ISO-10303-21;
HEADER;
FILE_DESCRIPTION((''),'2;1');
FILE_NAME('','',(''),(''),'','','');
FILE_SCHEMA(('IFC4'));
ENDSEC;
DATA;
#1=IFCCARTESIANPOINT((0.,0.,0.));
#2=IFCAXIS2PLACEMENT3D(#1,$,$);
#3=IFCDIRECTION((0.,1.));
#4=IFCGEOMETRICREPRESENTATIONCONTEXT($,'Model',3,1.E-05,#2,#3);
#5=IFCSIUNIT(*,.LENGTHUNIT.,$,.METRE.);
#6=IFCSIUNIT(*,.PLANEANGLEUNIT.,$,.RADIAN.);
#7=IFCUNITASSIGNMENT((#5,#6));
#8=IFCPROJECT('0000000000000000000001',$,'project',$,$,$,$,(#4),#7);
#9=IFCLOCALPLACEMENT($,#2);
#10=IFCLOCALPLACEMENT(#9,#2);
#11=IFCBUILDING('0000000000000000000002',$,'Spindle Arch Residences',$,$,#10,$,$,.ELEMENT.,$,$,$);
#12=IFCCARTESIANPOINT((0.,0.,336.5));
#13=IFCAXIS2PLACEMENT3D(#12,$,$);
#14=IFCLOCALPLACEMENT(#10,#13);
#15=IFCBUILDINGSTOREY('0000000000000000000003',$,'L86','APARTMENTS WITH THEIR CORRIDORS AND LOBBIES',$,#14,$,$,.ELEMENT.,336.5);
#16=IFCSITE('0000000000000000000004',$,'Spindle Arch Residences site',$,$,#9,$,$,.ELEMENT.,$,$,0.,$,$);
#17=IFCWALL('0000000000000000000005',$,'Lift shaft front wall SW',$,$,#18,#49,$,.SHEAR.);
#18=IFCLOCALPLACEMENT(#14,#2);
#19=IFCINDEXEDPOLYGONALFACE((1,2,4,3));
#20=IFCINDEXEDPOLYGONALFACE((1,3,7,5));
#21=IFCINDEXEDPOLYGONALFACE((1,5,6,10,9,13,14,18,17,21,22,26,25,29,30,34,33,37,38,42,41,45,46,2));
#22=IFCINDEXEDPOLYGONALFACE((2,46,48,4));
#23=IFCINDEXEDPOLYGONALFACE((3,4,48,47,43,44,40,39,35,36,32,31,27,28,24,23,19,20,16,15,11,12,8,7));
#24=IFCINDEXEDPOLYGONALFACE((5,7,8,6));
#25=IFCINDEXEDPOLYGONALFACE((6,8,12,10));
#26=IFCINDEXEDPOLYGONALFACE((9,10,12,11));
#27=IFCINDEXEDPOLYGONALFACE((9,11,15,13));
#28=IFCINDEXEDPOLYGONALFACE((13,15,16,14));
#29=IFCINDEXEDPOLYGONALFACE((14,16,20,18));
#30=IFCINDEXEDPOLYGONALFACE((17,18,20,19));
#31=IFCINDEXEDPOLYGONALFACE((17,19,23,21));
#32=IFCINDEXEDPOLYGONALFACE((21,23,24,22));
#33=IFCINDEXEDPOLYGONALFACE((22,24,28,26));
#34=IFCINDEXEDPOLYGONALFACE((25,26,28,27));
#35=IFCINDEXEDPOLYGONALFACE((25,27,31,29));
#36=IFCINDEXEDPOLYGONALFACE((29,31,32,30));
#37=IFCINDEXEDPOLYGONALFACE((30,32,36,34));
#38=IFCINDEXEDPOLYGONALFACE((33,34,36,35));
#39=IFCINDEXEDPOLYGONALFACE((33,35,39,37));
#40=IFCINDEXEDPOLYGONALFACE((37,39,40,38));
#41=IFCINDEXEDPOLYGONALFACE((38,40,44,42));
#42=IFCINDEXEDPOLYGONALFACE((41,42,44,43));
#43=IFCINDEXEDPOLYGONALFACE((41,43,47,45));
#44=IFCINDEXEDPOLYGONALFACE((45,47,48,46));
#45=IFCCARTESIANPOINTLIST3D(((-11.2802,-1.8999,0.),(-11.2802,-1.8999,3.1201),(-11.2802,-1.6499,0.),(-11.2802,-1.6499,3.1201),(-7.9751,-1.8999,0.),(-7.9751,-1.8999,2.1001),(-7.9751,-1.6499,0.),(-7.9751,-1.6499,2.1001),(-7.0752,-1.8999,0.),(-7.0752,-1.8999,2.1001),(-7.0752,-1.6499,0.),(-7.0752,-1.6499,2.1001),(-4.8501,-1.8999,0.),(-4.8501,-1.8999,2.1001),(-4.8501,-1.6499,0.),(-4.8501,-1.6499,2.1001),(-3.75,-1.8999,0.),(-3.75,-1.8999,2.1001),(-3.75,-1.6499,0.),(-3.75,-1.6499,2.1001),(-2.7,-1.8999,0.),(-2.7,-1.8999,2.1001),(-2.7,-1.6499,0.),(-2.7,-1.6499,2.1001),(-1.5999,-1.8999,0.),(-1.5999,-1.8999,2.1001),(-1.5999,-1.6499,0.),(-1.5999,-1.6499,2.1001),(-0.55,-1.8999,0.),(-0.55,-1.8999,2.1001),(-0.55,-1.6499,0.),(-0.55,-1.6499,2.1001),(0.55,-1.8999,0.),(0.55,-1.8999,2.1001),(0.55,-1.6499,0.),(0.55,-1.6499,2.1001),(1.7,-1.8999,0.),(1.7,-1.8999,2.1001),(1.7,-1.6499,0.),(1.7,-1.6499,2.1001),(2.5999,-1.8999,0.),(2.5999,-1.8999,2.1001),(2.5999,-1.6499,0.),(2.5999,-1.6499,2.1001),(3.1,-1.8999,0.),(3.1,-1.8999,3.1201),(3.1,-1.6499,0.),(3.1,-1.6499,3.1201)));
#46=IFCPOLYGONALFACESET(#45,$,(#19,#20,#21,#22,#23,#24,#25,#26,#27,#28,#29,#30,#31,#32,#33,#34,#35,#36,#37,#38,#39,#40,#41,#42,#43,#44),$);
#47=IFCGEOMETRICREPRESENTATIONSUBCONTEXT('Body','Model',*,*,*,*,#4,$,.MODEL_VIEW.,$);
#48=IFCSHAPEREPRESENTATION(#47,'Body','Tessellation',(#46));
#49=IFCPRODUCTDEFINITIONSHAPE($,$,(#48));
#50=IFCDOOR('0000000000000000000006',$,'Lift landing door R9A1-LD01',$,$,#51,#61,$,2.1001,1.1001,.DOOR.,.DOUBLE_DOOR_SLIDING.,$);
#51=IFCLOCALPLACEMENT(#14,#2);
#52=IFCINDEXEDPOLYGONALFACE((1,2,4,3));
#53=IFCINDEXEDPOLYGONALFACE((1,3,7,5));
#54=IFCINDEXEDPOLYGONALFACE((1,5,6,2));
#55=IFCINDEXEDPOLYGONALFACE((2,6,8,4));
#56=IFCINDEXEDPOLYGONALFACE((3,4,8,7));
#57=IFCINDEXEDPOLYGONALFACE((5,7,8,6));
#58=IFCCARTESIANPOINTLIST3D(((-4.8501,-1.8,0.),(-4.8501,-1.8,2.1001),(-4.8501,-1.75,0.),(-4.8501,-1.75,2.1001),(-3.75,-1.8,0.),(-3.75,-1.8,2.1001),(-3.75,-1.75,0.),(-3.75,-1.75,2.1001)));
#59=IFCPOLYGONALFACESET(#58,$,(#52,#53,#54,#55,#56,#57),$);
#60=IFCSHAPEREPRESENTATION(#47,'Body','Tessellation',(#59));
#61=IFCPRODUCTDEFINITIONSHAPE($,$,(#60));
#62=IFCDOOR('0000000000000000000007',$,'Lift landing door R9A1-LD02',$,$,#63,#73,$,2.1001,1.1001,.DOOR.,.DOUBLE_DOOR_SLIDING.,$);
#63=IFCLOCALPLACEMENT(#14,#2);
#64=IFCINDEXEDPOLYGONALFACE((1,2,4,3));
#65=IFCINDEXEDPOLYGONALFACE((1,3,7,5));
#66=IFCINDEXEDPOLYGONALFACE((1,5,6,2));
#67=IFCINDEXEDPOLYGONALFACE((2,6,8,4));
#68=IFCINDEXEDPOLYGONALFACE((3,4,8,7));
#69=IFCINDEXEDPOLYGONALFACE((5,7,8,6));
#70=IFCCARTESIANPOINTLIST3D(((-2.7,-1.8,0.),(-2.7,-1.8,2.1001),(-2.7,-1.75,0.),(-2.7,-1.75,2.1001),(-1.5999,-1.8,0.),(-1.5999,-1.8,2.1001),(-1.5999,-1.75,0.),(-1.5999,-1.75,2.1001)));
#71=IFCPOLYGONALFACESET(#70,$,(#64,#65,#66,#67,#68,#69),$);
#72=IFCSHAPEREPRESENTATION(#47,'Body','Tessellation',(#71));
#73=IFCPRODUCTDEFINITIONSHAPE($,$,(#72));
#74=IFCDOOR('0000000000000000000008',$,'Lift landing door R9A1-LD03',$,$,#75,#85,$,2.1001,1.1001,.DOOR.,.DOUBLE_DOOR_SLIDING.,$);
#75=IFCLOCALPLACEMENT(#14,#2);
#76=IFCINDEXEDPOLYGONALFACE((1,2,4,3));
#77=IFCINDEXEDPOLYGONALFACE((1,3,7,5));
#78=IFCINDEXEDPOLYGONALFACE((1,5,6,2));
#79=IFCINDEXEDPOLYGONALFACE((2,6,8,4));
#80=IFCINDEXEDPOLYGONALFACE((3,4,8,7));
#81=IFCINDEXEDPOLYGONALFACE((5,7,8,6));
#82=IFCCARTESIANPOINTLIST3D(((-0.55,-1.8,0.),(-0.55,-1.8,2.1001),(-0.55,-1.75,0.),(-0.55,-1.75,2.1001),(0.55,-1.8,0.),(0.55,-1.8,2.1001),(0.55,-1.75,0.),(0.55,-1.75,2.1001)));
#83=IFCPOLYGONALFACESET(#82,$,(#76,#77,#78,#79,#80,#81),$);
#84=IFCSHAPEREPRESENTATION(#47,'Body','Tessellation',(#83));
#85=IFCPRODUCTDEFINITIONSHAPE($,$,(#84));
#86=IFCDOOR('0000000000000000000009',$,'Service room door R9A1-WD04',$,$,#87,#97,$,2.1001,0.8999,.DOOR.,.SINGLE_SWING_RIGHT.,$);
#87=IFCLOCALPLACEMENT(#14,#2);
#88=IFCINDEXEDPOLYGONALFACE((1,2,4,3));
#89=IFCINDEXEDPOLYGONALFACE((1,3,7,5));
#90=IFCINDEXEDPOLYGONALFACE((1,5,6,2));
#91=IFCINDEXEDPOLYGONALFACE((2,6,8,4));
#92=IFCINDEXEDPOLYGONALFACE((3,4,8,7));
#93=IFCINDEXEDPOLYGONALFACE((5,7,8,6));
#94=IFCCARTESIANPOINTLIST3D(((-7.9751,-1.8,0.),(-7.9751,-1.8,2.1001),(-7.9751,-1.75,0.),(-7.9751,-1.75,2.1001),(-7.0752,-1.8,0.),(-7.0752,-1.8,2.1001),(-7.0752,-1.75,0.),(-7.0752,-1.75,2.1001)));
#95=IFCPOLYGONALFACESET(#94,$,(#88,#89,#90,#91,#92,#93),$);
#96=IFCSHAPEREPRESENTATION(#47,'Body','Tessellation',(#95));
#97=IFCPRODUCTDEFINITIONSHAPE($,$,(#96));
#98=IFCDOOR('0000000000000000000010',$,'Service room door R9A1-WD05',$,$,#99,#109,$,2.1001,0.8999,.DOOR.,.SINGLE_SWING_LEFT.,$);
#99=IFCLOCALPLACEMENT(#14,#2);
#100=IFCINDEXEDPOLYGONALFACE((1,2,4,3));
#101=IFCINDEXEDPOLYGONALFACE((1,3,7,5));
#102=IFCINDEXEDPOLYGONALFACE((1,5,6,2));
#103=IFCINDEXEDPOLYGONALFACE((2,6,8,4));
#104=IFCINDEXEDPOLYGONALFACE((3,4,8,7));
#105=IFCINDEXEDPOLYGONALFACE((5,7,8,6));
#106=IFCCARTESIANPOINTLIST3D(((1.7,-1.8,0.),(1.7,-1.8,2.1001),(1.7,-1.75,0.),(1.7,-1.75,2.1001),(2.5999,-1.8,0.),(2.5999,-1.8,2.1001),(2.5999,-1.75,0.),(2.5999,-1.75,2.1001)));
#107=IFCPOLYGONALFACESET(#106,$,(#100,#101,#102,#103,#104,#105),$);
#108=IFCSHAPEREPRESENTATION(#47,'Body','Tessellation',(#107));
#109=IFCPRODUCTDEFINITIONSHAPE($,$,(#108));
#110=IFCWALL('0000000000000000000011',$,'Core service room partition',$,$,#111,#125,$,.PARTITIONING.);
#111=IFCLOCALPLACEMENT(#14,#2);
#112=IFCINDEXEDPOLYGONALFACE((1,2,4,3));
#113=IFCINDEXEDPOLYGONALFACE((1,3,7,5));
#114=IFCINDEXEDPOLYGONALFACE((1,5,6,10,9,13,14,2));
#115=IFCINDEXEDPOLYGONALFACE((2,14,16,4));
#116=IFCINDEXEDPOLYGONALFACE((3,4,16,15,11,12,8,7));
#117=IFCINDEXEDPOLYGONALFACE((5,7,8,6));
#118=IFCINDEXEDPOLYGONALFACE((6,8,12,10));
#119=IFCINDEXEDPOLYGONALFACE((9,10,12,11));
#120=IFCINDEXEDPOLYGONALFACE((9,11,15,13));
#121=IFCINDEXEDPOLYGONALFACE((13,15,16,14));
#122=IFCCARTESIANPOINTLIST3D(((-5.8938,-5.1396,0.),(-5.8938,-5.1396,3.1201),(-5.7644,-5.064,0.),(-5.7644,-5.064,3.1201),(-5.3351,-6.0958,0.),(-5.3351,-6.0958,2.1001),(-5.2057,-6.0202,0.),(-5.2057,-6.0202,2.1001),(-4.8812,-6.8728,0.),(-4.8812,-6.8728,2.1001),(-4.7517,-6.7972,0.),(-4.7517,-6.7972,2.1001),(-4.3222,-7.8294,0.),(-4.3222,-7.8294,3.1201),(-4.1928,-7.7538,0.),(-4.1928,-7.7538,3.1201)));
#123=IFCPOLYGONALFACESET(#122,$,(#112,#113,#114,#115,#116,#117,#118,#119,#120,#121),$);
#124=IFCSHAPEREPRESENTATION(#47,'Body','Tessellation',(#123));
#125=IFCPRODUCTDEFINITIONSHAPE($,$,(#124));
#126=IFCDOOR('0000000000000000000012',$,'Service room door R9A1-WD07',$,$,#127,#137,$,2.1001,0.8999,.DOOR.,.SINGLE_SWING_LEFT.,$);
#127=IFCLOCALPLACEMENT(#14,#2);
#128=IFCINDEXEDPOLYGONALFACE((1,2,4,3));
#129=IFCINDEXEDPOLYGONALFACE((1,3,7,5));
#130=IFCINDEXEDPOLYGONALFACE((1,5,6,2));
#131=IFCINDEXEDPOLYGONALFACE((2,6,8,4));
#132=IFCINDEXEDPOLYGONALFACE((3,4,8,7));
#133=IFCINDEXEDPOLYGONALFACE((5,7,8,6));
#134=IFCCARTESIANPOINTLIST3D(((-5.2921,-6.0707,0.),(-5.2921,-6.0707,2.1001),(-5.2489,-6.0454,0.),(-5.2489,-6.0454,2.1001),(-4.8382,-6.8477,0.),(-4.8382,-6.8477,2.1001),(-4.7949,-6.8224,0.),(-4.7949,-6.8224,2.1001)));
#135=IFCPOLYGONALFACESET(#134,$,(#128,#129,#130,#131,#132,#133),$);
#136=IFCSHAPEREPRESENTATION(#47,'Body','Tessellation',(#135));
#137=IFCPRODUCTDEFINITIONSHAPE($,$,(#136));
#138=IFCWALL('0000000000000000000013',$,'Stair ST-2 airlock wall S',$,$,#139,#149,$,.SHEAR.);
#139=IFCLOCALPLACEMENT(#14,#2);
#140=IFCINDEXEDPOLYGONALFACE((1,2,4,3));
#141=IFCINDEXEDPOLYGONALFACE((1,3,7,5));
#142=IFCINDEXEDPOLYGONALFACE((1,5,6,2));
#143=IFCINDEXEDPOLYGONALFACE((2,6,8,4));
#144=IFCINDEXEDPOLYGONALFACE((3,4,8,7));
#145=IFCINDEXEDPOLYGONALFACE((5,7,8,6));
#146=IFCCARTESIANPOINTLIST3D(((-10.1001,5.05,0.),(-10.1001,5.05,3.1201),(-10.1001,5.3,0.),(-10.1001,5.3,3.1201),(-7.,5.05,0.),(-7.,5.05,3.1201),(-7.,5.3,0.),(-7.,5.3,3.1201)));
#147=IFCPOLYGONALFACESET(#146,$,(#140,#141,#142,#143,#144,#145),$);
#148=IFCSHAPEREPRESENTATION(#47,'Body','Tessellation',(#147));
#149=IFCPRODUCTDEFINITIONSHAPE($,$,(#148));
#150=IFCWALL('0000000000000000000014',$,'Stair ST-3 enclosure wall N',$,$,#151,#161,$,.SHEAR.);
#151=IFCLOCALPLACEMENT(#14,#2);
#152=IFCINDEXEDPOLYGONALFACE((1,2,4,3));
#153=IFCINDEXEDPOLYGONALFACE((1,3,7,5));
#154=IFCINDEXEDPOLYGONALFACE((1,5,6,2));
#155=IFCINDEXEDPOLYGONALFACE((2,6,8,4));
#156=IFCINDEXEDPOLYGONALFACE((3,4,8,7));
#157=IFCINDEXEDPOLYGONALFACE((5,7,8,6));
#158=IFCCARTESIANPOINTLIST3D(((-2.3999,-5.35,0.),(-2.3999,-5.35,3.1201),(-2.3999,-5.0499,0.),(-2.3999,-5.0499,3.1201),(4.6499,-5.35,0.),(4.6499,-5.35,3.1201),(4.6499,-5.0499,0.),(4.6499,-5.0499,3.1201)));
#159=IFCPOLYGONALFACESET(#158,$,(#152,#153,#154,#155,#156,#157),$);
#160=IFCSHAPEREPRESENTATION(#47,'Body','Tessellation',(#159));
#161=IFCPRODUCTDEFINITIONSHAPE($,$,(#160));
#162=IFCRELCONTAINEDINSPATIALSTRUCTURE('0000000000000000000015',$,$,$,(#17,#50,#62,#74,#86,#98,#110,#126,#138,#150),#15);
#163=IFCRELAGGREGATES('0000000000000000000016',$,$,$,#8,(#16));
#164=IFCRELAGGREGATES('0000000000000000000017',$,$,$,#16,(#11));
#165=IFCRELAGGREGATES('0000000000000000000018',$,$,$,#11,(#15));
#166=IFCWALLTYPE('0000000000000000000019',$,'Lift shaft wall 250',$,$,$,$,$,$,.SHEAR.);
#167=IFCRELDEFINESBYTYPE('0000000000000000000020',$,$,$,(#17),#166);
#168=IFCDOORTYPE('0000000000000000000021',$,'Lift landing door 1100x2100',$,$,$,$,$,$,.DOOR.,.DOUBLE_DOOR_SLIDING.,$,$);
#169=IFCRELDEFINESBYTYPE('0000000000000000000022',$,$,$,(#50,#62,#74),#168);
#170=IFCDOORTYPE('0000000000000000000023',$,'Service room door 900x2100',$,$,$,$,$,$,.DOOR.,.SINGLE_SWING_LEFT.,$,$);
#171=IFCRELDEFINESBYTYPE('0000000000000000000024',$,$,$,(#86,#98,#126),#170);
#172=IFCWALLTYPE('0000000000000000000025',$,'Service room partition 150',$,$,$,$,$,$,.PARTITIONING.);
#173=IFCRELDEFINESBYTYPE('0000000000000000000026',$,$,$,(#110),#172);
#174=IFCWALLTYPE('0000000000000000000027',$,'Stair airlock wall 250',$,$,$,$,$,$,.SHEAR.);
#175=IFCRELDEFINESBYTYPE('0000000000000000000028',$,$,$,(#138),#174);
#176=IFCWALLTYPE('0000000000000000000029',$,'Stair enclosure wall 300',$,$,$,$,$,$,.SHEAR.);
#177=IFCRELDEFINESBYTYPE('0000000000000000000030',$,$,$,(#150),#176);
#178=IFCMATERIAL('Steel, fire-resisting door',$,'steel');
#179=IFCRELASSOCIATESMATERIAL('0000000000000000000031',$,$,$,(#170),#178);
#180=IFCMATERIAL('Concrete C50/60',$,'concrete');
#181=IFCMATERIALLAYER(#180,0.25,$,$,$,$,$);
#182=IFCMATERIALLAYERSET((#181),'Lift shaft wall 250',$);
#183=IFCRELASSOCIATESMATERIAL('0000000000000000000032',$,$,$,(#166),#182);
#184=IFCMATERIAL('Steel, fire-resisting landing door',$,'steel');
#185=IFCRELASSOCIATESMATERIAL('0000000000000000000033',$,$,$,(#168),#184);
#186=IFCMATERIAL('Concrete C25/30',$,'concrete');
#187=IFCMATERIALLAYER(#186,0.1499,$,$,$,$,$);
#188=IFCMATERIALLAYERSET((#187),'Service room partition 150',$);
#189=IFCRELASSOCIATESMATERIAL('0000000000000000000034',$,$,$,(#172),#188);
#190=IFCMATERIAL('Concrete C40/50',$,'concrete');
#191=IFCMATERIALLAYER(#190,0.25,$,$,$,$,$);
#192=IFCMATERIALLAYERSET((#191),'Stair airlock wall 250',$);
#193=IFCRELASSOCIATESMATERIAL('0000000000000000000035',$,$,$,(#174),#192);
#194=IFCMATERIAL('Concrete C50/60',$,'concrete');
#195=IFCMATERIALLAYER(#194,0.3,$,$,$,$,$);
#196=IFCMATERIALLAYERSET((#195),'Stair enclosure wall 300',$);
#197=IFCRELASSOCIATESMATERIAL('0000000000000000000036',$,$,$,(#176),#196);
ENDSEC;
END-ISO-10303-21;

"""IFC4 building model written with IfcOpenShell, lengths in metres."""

from ifc_helpers import new_model, si_unit, direction, frame, frame_2d, origin, place, context, subcontext, project, spatial, rectangle, extrude, material, layer, layer_set, type_object, element, fill, save


model = new_model("IFC4")

# Units and contexts
model_context = context("Model", 3, precision=1e-05, world=origin(), true_north=direction((0.0, 1.0)))
body_context = subcontext(model_context, "Body", "Model", "MODEL_VIEW")
ifc_project = project(units=[si_unit("LENGTHUNIT", "METRE"), si_unit("PLANEANGLEUNIT", "RADIAN")], contexts=[model_context])

# Site, building, storey
site_placement = place(None, origin())
site = spatial("IfcSite", under=ifc_project, at=site_placement, Name="Spindle Arch Residences site", CompositionType="ELEMENT", RefElevation=0.0)
building_placement = place(site_placement, origin())
building = spatial("IfcBuilding", under=site, at=building_placement, Name="Spindle Arch Residences", CompositionType="ELEMENT")
storey_placement = place(building_placement, frame((0.0, 0.0, 336.5)))
storey = spatial("IfcBuildingStorey", under=building, at=storey_placement, Name="L86", Description="APARTMENTS WITH THEIR CORRIDORS AND LOBBIES", CompositionType="ELEMENT", Elevation=336.5)

# Shared definitions
ifc_material_1 = material(Name="Steel, fire-resisting door", Category="steel")
door_type_1 = type_object("IfcDoorType", Name="Service room door 900x2100", OperationType="SINGLE_SWING_LEFT", PredefinedType="DOOR", material=ifc_material_1)

# Wall, openings, doors
ifc_material_2 = material(Name="Concrete C50/60", Category="concrete")
ifc_layer_1 = layer(ifc_material_2, 0.25)
ifc_layer_set_1 = layer_set([ifc_layer_1], Name="Lift shaft wall 250")
wall_type_1 = type_object("IfcWallType", Name="Lift shaft wall 250", PredefinedType="SHEAR", material=ifc_layer_set_1)
wall_1_placement = place(storey_placement, frame((-11.28, -1.7749, 0.0), z_axis=(0.0, 0.0, 1.0), x_axis=(1.0, 0.0, 0.0)))
wall_1 = element("IfcWall", 1, at=wall_1_placement, inside=storey, type_object=wall_type_1, Name="Lift shaft front wall SW", PredefinedType="SHEAR", context=body_context, shape_type="SweptSolid", body=[
    extrude(rectangle(XDim=14.3801, YDim=0.25, at=frame_2d((7.1899, 0.0))), origin(), (0.0, 0.0, 1.0), 3.1201),
])
opening_1_placement = place(wall_1_placement, frame((6.4299, 0.0, 0.0)))
opening_1 = element("IfcOpeningElement", 2, at=opening_1_placement, cuts=wall_1, PredefinedType="OPENING", context=body_context, shape_type="SweptSolid", body=[
    extrude(rectangle(XDim=1.1001, YDim=2.1001, at=frame_2d((0.55, 1.05))), frame((0.0, 0.135, 0.0), z_axis=(0.0, -1.0, 0.0), x_axis=(1.0, 0.0, 0.0)), (0.0, 0.0, 1.0), 0.27),
])
opening_2_placement = place(wall_1_placement, frame((8.5801, 0.0, 0.0)))
opening_2 = element("IfcOpeningElement", 3, at=opening_2_placement, cuts=wall_1, PredefinedType="OPENING", context=body_context, shape_type="SweptSolid", body=[
    extrude(rectangle(XDim=1.1001, YDim=2.1001, at=frame_2d((0.55, 1.05))), frame((0.0, 0.135, 0.0), z_axis=(0.0, -1.0, 0.0), x_axis=(1.0, 0.0, 0.0)), (0.0, 0.0, 1.0), 0.27),
])
opening_3_placement = place(wall_1_placement, frame((10.73, 0.0, 0.0)))
opening_3 = element("IfcOpeningElement", 4, at=opening_3_placement, cuts=wall_1, PredefinedType="OPENING", context=body_context, shape_type="SweptSolid", body=[
    extrude(rectangle(XDim=1.1001, YDim=2.1001, at=frame_2d((0.55, 1.05))), frame((0.0, 0.135, 0.0), z_axis=(0.0, -1.0, 0.0), x_axis=(1.0, 0.0, 0.0)), (0.0, 0.0, 1.0), 0.27),
])
opening_4_placement = place(wall_1_placement, frame((3.3049, 0.0, 0.0)))
opening_4 = element("IfcOpeningElement", 5, at=opening_4_placement, cuts=wall_1, PredefinedType="OPENING", context=body_context, shape_type="SweptSolid", body=[
    extrude(rectangle(XDim=0.8999, YDim=2.1001, at=frame_2d((0.45, 1.05))), frame((0.0, 0.135, 0.0), z_axis=(0.0, -1.0, 0.0), x_axis=(1.0, 0.0, 0.0)), (0.0, 0.0, 1.0), 0.27),
])
opening_5_placement = place(wall_1_placement, frame((12.98, 0.0, 0.0)))
opening_5 = element("IfcOpeningElement", 6, at=opening_5_placement, cuts=wall_1, PredefinedType="OPENING", context=body_context, shape_type="SweptSolid", body=[
    extrude(rectangle(XDim=0.8999, YDim=2.1001, at=frame_2d((0.45, 1.05))), frame((0.0, 0.135, 0.0), z_axis=(0.0, -1.0, 0.0), x_axis=(1.0, 0.0, 0.0)), (0.0, 0.0, 1.0), 0.27),
])
ifc_material_3 = material(Name="Steel, fire-resisting landing door", Category="steel")
door_type_2 = type_object("IfcDoorType", Name="Lift landing door 1100x2100", OperationType="DOUBLE_DOOR_SLIDING", PredefinedType="DOOR", material=ifc_material_3)
door_1_placement = place(opening_1_placement, origin())
door_1 = element("IfcDoor", 7, at=door_1_placement, inside=storey, type_object=door_type_2, Name="Lift landing door R9A1-LD01", OperationType="DOUBLE_DOOR_SLIDING", OverallHeight=2.1001, OverallWidth=1.1001, PredefinedType="DOOR", context=body_context, shape_type="SweptSolid", body=[
    extrude(rectangle(XDim=1.1001, YDim=2.1001, at=frame_2d((0.55, 1.05))), frame((0.0, 0.0249, 0.0), z_axis=(0.0, -1.0, 0.0), x_axis=(1.0, 0.0, 0.0)), (0.0, 0.0, 1.0), 0.05),
])
fill(opening_1, door_1)
door_2_placement = place(opening_2_placement, origin())
door_2 = element("IfcDoor", 8, at=door_2_placement, inside=storey, type_object=door_type_2, Name="Lift landing door R9A1-LD02", OperationType="DOUBLE_DOOR_SLIDING", OverallHeight=2.1001, OverallWidth=1.1001, PredefinedType="DOOR", context=body_context, shape_type="SweptSolid", body=[
    extrude(rectangle(XDim=1.1001, YDim=2.1001, at=frame_2d((0.55, 1.05))), frame((0.0, 0.0249, 0.0), z_axis=(0.0, -1.0, 0.0), x_axis=(1.0, 0.0, 0.0)), (0.0, 0.0, 1.0), 0.05),
])
fill(opening_2, door_2)
door_3_placement = place(opening_3_placement, origin())
door_3 = element("IfcDoor", 9, at=door_3_placement, inside=storey, type_object=door_type_2, Name="Lift landing door R9A1-LD03", OperationType="DOUBLE_DOOR_SLIDING", OverallHeight=2.1001, OverallWidth=1.1001, PredefinedType="DOOR", context=body_context, shape_type="SweptSolid", body=[
    extrude(rectangle(XDim=1.1001, YDim=2.1001, at=frame_2d((0.55, 1.05))), frame((0.0, 0.0249, 0.0), z_axis=(0.0, -1.0, 0.0), x_axis=(1.0, 0.0, 0.0)), (0.0, 0.0, 1.0), 0.05),
])
fill(opening_3, door_3)
door_4_placement = place(opening_4_placement, origin())
door_4 = element("IfcDoor", 10, at=door_4_placement, inside=storey, type_object=door_type_1, Name="Service room door R9A1-WD04", OperationType="SINGLE_SWING_RIGHT", OverallHeight=2.1001, OverallWidth=0.8999, PredefinedType="DOOR", context=body_context, shape_type="SweptSolid", body=[
    extrude(rectangle(XDim=0.8999, YDim=2.1001, at=frame_2d((0.45, 1.05))), frame((0.0, 0.0249, 0.0), z_axis=(0.0, -1.0, 0.0), x_axis=(1.0, 0.0, 0.0)), (0.0, 0.0, 1.0), 0.05),
])
fill(opening_4, door_4)
door_5_placement = place(opening_5_placement, origin())
door_5 = element("IfcDoor", 11, at=door_5_placement, inside=storey, type_object=door_type_1, Name="Service room door R9A1-WD05", OperationType="SINGLE_SWING_LEFT", OverallHeight=2.1001, OverallWidth=0.8999, PredefinedType="DOOR", context=body_context, shape_type="SweptSolid", body=[
    extrude(rectangle(XDim=0.8999, YDim=2.1001, at=frame_2d((0.45, 1.05))), frame((0.0, 0.0249, 0.0), z_axis=(0.0, -1.0, 0.0), x_axis=(1.0, 0.0, 0.0)), (0.0, 0.0, 1.0), 0.05),
])
fill(opening_5, door_5)

# Wall, opening, door
ifc_material_4 = material(Name="Concrete C25/30", Category="concrete")
ifc_layer_2 = layer(ifc_material_4, 0.1499)
ifc_layer_set_2 = layer_set([ifc_layer_2], Name="Service room partition 150")
wall_type_2 = type_object("IfcWallType", Name="Service room partition 150", PredefinedType="PARTITIONING", material=ifc_layer_set_2)
wall_2_placement = place(storey_placement, frame((-5.8291, -5.1018, 0.0), z_axis=(0.0, 0.0, 1.0), x_axis=(0.50448, -0.863423, 0.0)))
wall_2 = element("IfcWall", 12, at=wall_2_placement, inside=storey, type_object=wall_type_2, Name="Core service room partition", PredefinedType="PARTITIONING", context=body_context, shape_type="SweptSolid", body=[
    extrude(rectangle(XDim=3.1152, YDim=0.1499, at=frame_2d((1.5576, 0.0))), origin(), (0.0, 0.0, 1.0), 3.1201),
])
opening_6_placement = place(wall_2_placement, frame((1.1074, 0.0, 0.0)))
opening_6 = element("IfcOpeningElement", 13, at=opening_6_placement, cuts=wall_2, PredefinedType="OPENING", context=body_context, shape_type="SweptSolid", body=[
    extrude(rectangle(XDim=0.8999, YDim=2.1001, at=frame_2d((0.45, 1.05))), frame((0.0, 0.085, 0.0), z_axis=(0.0, -1.0, 0.0), x_axis=(1.0, 0.0, 0.0)), (0.0, 0.0, 1.0), 0.1699),
])
door_6_placement = place(opening_6_placement, origin())
door_6 = element("IfcDoor", 14, at=door_6_placement, inside=storey, type_object=door_type_1, Name="Service room door R9A1-WD07", OperationType="SINGLE_SWING_LEFT", OverallHeight=2.1001, OverallWidth=0.8999, PredefinedType="DOOR", context=body_context, shape_type="SweptSolid", body=[
    extrude(rectangle(XDim=0.8999, YDim=2.1001, at=frame_2d((0.45, 1.05))), frame((0.0, 0.0249, 0.0), z_axis=(0.0, -1.0, 0.0), x_axis=(1.0, 0.0, 0.0)), (0.0, 0.0, 1.0), 0.05),
])
fill(opening_6, door_6)

# Walls
ifc_material_5 = material(Name="Concrete C40/50", Category="concrete")
ifc_layer_3 = layer(ifc_material_5, 0.25)
ifc_layer_set_3 = layer_set([ifc_layer_3], Name="Stair airlock wall 250")
wall_type_3 = type_object("IfcWallType", Name="Stair airlock wall 250", PredefinedType="SHEAR", material=ifc_layer_set_3)
wall_3_placement = place(storey_placement, frame((-7.0, 5.175, 0.0), z_axis=(0.0, 0.0, 1.0), x_axis=(-1.0, 0.0, 0.0)))
element("IfcWall", 15, at=wall_3_placement, inside=storey, type_object=wall_type_3, Name="Stair ST-2 airlock wall S", PredefinedType="SHEAR", context=body_context, shape_type="SweptSolid", body=[
    extrude(rectangle(XDim=3.1001, YDim=0.25, at=frame_2d((1.55, 0.0))), origin(), (0.0, 0.0, 1.0), 3.1201),
])
ifc_material_6 = material(Name="Concrete C50/60", Category="concrete")
ifc_layer_4 = layer(ifc_material_6, 0.3)
ifc_layer_set_4 = layer_set([ifc_layer_4], Name="Stair enclosure wall 300")
wall_type_4 = type_object("IfcWallType", Name="Stair enclosure wall 300", PredefinedType="SHEAR", material=ifc_layer_set_4)
wall_4_placement = place(storey_placement, frame((-2.3999, -5.2, 0.0), z_axis=(0.0, 0.0, 1.0), x_axis=(1.0, 0.0, 0.0)))
element("IfcWall", 16, at=wall_4_placement, inside=storey, type_object=wall_type_4, Name="Stair ST-3 enclosure wall N", PredefinedType="SHEAR", context=body_context, shape_type="SweptSolid", body=[
    extrude(rectangle(XDim=7.0498, YDim=0.3, at=frame_2d((3.5249, 0.0))), origin(), (0.0, 0.0, 1.0), 3.1201),
])

save(model, "model.ifc")
